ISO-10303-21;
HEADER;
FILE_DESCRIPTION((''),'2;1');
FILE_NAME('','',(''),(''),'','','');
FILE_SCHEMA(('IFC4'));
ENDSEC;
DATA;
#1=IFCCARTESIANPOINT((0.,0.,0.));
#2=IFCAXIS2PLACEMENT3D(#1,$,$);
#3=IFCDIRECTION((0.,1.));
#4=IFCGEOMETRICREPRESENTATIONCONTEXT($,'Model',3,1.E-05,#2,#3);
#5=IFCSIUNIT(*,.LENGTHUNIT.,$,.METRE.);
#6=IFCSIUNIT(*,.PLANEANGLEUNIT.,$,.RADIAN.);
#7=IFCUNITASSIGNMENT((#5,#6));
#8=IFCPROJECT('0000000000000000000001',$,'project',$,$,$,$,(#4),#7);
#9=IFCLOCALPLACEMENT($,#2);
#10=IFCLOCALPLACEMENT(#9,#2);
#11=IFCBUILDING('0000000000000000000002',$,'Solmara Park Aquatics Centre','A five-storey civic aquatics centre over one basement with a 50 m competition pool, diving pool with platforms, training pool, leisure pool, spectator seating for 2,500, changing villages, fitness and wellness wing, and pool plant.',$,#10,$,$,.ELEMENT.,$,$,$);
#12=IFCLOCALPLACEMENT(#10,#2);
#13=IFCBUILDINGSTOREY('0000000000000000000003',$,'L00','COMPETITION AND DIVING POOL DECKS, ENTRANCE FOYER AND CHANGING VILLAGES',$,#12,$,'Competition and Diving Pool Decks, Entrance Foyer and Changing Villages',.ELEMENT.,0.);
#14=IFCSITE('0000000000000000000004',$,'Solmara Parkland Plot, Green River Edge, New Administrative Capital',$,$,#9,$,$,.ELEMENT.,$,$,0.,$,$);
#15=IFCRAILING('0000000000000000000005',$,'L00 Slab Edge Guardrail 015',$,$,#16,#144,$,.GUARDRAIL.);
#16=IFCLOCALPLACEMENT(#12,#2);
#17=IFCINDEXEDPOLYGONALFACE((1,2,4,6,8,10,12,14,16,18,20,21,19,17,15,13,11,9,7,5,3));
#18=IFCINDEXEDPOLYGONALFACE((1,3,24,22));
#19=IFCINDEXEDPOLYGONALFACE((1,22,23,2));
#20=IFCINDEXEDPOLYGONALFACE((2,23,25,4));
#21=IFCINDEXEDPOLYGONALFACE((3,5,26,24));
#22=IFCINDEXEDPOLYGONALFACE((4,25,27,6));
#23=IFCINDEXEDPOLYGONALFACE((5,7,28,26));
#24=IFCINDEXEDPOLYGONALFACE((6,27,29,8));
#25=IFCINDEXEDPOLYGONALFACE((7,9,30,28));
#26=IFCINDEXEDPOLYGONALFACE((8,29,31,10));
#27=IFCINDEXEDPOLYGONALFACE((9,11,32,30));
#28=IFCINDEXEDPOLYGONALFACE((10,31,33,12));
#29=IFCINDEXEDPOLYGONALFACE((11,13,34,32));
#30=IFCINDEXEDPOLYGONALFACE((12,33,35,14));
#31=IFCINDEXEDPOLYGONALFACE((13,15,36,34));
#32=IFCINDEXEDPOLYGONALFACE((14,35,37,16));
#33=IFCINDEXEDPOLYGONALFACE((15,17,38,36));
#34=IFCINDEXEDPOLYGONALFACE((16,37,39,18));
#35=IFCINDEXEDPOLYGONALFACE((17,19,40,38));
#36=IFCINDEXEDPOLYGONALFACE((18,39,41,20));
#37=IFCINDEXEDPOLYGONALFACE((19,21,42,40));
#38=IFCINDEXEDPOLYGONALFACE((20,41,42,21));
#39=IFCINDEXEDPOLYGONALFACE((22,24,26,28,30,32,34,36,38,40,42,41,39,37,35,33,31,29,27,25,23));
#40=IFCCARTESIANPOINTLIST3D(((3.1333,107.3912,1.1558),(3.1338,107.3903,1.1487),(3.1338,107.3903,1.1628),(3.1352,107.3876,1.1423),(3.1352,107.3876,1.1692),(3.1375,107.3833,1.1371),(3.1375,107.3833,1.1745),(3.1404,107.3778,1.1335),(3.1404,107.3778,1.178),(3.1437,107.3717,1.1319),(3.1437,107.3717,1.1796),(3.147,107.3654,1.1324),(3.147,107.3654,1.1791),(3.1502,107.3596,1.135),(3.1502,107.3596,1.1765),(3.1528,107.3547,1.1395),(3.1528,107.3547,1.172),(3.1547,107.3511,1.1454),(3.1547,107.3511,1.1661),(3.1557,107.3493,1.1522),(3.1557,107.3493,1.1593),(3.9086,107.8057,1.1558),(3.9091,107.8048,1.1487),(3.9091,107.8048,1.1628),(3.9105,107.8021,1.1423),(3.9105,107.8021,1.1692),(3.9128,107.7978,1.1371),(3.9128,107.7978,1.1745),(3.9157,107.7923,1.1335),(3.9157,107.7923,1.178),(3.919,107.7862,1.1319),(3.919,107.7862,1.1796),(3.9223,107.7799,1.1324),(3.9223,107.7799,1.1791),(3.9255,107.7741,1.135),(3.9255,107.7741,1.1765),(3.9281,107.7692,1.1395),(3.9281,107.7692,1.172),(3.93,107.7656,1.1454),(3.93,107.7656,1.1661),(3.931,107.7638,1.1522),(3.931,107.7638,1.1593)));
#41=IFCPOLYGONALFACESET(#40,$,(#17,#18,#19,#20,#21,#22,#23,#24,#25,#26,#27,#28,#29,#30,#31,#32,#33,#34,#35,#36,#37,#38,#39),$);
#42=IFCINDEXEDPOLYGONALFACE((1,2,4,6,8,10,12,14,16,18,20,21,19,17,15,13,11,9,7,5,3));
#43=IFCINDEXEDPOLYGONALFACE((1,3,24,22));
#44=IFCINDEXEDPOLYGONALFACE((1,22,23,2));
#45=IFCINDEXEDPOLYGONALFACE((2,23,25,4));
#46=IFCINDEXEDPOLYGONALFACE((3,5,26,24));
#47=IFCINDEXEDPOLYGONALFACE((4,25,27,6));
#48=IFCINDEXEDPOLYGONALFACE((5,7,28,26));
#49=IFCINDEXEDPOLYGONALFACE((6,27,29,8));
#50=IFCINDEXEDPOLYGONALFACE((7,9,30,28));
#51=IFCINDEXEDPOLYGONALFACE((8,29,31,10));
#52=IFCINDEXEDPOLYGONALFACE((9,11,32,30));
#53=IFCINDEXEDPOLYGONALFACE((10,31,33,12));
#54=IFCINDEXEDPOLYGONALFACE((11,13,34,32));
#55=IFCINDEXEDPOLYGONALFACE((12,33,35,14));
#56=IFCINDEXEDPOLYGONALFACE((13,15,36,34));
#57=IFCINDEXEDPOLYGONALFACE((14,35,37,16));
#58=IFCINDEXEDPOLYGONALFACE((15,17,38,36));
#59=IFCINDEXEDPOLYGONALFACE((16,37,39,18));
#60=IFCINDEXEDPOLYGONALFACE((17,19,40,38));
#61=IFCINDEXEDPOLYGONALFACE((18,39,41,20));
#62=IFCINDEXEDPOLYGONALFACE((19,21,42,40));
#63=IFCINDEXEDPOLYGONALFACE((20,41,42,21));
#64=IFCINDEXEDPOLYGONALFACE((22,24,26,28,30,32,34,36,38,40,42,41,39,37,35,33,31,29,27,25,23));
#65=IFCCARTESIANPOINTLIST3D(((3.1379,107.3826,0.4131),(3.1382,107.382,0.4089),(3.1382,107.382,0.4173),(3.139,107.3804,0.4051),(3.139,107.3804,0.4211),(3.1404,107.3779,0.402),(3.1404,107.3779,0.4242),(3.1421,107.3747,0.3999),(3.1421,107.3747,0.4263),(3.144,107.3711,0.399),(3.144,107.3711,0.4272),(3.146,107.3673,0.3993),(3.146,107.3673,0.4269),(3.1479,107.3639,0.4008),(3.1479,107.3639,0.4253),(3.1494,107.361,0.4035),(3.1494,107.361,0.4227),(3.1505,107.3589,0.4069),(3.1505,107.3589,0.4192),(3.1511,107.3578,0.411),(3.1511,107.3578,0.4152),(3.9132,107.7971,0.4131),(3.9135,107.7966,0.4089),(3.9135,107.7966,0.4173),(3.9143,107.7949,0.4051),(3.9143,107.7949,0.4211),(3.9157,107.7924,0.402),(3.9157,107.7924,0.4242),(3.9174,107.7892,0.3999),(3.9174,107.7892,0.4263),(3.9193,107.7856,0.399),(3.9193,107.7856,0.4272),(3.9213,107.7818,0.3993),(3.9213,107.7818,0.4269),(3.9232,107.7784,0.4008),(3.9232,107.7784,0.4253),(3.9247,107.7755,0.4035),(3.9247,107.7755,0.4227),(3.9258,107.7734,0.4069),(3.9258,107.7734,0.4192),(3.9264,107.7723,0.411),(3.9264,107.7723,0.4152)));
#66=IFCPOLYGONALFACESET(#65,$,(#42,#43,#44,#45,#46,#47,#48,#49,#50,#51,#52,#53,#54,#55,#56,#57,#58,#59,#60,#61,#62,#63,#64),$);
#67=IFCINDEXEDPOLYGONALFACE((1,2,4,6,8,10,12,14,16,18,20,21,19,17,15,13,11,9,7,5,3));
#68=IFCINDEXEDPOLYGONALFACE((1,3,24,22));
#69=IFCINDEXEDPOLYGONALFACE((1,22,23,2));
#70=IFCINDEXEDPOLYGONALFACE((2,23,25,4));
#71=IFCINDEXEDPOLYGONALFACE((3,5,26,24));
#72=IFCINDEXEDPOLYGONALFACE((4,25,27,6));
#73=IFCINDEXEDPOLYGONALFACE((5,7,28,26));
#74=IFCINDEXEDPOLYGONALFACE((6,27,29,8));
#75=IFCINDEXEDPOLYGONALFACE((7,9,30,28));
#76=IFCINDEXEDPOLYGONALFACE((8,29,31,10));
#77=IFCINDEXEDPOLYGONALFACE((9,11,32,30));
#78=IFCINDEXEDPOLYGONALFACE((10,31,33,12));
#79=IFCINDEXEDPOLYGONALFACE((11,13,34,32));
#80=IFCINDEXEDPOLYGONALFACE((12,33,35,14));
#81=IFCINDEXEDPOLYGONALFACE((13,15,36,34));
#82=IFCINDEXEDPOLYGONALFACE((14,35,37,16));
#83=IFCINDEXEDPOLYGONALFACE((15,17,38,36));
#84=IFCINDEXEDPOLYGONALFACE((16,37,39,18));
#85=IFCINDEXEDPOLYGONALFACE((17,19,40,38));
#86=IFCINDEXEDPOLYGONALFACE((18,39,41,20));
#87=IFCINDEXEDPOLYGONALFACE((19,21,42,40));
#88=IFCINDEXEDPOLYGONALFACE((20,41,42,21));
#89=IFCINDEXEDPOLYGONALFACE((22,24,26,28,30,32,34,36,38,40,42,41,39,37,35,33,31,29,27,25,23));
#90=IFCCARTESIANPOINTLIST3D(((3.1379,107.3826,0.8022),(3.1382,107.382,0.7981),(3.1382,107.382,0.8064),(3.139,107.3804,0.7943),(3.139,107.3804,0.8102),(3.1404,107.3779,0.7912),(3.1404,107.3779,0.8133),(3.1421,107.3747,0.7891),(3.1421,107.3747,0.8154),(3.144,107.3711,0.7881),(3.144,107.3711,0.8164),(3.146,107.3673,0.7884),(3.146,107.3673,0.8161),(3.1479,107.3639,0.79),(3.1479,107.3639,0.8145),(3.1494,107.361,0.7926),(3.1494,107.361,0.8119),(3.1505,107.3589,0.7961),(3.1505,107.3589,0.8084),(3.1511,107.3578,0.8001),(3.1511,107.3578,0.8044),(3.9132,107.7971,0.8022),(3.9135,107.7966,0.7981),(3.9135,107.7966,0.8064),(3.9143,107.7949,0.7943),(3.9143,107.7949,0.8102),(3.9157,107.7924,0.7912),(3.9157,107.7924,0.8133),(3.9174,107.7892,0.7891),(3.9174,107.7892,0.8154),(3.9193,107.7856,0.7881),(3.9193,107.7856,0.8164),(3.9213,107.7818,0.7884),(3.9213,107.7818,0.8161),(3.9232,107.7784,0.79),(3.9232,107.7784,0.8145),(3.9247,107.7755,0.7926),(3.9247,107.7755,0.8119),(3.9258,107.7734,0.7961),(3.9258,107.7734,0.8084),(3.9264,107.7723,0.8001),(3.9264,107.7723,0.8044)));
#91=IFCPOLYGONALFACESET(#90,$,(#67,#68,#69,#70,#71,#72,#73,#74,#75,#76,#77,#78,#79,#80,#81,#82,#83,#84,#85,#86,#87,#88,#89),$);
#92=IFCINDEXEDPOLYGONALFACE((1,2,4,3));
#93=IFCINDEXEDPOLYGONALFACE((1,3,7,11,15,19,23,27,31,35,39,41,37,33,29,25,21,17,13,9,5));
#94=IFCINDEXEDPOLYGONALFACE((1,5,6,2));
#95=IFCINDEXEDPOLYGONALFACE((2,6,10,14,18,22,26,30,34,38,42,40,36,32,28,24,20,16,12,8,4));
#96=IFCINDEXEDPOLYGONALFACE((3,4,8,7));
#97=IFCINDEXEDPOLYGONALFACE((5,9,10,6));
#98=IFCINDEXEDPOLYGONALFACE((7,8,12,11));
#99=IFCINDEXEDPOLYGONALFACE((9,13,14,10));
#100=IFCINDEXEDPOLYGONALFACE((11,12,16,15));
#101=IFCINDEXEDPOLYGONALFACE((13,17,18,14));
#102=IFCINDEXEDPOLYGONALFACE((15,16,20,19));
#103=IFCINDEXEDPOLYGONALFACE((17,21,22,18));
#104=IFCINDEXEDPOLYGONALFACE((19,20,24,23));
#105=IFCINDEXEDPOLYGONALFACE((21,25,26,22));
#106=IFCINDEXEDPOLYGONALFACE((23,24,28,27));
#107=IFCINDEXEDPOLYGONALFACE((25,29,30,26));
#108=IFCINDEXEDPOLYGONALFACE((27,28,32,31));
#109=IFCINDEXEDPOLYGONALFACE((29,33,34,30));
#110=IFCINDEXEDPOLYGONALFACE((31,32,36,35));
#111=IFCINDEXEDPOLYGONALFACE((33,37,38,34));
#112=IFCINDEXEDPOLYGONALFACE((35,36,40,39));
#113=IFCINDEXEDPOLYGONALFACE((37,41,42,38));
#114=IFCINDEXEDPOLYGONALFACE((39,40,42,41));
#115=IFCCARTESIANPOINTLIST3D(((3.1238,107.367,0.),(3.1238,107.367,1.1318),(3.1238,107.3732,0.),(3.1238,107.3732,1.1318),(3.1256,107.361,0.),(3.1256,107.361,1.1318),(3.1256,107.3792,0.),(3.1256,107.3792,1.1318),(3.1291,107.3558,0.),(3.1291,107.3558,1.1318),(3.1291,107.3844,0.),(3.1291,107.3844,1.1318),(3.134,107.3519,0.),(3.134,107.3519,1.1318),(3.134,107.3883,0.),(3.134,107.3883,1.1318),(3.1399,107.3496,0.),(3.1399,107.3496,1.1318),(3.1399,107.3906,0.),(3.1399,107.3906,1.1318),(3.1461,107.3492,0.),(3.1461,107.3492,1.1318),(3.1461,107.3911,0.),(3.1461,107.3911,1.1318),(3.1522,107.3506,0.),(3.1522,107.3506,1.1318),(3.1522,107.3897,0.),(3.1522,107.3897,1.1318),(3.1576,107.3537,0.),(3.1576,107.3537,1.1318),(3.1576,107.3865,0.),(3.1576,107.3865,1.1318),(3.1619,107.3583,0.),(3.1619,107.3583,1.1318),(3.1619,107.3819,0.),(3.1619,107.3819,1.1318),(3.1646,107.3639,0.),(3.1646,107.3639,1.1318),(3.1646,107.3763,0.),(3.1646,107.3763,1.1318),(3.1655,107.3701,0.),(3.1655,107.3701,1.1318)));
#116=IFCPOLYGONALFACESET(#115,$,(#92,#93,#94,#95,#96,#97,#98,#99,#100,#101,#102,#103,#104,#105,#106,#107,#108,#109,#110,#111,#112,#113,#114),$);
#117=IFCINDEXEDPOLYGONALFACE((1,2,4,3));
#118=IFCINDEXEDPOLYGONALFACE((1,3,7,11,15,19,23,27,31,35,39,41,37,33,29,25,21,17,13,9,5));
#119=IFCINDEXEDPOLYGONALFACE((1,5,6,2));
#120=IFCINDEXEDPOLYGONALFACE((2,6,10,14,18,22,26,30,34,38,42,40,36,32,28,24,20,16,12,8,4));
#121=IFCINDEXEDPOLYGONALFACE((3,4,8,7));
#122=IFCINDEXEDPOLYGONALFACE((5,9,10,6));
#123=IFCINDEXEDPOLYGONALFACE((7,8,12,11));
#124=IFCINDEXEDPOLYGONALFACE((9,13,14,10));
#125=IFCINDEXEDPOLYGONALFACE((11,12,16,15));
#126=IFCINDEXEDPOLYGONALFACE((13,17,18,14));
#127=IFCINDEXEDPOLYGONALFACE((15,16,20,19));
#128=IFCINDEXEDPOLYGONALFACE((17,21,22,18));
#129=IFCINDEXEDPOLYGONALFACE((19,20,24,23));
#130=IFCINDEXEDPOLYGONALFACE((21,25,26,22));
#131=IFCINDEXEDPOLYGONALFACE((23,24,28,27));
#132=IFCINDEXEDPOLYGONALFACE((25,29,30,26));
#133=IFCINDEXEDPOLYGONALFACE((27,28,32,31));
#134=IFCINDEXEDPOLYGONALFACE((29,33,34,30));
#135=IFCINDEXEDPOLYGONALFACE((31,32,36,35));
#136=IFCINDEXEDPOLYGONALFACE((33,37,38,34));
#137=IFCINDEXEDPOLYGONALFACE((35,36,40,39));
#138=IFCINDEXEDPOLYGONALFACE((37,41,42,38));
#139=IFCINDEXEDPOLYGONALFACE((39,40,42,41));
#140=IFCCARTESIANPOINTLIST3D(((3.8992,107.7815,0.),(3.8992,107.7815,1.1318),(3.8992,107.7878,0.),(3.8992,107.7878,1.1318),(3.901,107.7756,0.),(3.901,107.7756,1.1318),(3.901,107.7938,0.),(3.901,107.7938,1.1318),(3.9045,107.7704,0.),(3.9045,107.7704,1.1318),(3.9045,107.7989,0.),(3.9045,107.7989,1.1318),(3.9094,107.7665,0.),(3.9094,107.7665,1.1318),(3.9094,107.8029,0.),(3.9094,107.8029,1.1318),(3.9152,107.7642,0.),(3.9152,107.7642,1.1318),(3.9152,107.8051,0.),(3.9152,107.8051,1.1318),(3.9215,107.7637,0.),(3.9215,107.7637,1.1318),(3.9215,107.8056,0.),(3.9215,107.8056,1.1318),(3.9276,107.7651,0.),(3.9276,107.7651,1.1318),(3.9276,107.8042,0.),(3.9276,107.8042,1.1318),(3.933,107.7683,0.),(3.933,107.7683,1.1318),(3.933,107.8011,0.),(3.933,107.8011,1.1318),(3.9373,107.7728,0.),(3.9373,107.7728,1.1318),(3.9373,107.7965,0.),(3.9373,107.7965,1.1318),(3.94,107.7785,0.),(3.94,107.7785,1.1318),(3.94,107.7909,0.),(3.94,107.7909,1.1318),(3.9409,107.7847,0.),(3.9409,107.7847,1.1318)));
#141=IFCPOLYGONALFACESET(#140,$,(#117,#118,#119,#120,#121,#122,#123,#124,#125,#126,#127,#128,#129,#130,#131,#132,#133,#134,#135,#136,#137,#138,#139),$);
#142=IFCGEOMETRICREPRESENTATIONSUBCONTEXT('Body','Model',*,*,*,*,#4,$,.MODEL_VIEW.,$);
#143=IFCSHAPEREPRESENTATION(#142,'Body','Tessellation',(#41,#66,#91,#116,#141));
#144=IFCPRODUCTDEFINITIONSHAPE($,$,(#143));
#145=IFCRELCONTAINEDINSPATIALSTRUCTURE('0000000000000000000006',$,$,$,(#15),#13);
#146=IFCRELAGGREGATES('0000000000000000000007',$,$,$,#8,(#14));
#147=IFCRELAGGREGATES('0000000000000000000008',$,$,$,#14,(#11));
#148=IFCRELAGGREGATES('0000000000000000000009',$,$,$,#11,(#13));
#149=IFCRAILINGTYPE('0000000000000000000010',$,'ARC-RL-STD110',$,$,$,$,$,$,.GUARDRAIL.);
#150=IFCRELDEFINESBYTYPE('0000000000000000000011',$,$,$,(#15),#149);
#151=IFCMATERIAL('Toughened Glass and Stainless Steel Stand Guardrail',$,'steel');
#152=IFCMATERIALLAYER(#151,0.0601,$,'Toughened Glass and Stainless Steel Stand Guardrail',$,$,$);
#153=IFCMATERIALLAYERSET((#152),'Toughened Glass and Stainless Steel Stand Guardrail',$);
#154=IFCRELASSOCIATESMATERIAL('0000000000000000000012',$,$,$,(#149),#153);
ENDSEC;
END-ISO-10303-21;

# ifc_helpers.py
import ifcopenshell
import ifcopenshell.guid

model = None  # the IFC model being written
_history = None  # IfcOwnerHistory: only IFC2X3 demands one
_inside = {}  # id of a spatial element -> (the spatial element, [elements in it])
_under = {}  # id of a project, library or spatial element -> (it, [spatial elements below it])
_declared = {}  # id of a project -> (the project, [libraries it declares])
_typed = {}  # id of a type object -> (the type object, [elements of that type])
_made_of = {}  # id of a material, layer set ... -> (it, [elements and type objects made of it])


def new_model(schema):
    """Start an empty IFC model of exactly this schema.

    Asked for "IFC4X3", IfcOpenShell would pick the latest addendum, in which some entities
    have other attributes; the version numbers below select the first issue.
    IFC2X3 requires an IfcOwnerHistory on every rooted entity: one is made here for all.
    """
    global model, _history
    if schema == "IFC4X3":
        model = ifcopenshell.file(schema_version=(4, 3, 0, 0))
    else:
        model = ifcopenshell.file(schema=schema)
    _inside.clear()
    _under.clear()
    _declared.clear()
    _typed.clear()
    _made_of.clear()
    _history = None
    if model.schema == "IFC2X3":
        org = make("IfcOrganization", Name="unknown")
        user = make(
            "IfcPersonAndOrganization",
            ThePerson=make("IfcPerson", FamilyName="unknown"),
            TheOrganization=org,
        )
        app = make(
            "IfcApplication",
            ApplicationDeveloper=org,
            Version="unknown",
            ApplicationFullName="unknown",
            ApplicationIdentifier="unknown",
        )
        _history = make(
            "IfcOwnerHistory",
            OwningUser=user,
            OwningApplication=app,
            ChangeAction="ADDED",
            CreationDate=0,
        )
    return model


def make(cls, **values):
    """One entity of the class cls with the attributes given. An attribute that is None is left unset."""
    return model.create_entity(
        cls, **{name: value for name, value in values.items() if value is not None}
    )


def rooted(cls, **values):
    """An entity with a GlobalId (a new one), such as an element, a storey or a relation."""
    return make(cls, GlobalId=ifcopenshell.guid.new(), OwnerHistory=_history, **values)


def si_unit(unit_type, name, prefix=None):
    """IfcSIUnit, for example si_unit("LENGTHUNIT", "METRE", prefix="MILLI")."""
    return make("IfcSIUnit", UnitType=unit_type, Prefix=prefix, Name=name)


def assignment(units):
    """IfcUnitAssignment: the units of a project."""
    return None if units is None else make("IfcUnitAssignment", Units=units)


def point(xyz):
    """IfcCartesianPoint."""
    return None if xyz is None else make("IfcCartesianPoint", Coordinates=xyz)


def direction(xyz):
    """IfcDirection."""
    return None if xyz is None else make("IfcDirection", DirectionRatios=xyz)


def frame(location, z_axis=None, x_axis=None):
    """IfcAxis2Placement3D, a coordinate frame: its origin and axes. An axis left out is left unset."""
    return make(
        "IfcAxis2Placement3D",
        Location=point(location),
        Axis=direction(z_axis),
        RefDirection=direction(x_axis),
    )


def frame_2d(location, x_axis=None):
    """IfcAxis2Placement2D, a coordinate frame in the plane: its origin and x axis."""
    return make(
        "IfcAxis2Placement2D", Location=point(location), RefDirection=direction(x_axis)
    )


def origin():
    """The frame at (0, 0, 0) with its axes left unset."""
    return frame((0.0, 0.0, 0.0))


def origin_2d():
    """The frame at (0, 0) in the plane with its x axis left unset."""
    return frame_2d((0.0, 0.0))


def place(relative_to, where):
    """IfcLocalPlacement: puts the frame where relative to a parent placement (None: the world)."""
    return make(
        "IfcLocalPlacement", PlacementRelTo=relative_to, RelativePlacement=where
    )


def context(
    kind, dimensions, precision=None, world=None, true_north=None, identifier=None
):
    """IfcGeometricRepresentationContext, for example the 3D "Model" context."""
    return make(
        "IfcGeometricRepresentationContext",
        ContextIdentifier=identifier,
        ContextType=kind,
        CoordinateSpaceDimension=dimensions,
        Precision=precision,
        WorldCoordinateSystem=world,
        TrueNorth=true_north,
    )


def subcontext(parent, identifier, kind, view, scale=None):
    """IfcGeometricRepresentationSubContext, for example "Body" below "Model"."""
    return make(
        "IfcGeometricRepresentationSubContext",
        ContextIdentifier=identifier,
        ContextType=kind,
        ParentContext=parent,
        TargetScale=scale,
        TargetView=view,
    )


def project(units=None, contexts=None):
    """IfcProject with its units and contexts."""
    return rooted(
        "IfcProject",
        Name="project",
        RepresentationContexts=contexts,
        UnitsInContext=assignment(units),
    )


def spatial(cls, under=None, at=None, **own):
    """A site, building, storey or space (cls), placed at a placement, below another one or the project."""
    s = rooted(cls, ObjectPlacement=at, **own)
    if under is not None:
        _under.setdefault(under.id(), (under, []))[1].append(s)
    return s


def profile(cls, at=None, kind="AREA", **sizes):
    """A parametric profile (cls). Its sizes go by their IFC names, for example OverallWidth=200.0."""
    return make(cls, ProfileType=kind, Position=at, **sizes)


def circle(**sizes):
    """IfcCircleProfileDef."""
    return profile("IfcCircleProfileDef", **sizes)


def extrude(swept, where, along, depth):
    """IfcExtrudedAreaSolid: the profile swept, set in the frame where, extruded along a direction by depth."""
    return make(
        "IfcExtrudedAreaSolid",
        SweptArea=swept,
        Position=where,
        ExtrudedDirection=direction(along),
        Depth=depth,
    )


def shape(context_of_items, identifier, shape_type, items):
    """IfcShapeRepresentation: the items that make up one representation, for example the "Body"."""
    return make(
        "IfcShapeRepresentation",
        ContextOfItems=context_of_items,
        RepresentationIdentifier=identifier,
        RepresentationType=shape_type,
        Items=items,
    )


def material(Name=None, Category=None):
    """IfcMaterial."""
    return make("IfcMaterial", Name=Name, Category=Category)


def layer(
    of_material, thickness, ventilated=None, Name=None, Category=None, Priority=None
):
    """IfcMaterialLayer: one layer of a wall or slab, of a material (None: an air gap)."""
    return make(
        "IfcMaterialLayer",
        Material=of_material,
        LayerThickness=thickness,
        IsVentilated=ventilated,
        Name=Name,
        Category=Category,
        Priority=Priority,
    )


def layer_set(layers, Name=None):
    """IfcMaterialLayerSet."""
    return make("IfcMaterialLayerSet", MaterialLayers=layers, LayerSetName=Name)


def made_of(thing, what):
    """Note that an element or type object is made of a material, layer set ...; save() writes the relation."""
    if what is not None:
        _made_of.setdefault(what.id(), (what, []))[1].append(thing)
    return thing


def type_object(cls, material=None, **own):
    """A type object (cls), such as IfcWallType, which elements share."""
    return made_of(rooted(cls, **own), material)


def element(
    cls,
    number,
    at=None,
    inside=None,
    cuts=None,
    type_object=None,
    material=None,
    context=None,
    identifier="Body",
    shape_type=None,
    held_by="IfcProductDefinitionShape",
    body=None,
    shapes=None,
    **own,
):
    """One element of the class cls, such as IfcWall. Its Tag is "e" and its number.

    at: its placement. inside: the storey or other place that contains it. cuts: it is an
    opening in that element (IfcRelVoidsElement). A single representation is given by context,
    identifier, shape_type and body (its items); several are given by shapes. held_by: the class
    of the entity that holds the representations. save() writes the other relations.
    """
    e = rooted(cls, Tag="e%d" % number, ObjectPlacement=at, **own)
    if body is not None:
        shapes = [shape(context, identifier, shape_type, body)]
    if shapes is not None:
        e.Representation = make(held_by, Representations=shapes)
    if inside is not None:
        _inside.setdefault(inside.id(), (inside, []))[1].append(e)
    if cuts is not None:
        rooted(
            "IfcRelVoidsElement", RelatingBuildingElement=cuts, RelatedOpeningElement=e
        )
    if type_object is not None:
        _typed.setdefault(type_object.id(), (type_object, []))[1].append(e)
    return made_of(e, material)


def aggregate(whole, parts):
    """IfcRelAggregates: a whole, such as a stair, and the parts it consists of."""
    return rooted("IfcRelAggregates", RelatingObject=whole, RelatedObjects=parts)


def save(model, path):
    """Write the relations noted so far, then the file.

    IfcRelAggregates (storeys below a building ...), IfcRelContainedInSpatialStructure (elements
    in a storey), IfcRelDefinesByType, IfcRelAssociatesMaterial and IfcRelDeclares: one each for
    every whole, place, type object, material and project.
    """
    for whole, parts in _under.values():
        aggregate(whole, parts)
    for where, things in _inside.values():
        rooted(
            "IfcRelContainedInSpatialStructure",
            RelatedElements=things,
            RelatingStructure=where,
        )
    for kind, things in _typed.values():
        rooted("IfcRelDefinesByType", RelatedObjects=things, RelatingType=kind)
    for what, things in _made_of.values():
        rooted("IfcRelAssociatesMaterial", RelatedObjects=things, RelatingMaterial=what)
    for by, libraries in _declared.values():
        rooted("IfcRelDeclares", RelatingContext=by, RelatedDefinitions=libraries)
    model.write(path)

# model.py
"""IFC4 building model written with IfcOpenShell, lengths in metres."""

from ifc_helpers import new_model, si_unit, direction, frame, origin, origin_2d, place, context, subcontext, project, spatial, circle, extrude, material, layer, layer_set, type_object, element, save


model = new_model("IFC4")

# Units and contexts
model_context = context("Model", 3, precision=1e-05, world=origin(), true_north=direction((0.0, 1.0)))
body_context = subcontext(model_context, "Body", "Model", "MODEL_VIEW")
ifc_project = project(units=[si_unit("LENGTHUNIT", "METRE"), si_unit("PLANEANGLEUNIT", "RADIAN")], contexts=[model_context])

# Site, building, storey
site_placement = place(None, origin())
site = spatial("IfcSite", under=ifc_project, at=site_placement, Name="Solmara Parkland Plot, Green River Edge, New Administrative Capital", CompositionType="ELEMENT", RefElevation=0.0)
building_placement = place(site_placement, origin())
building = spatial("IfcBuilding", under=site, at=building_placement, Name="Solmara Park Aquatics Centre", Description="A five-storey civic aquatics centre over one basement with a 50 m competition pool, diving pool with platforms, training pool, leisure pool, spectator seating for 2,500, changing villages, fitness and wellness wing, and pool plant.", CompositionType="ELEMENT")
storey_placement = place(building_placement, origin())
storey = spatial("IfcBuildingStorey", under=building, at=storey_placement, Name="L00", Description="COMPETITION AND DIVING POOL DECKS, ENTRANCE FOYER AND CHANGING VILLAGES", LongName="Competition and Diving Pool Decks, Entrance Foyer and Changing Villages", CompositionType="ELEMENT", Elevation=0.0)

# Railing
ifc_material_1 = material(Name="Toughened Glass and Stainless Steel Stand Guardrail", Category="steel")
ifc_layer_1 = layer(ifc_material_1, 0.0601, Name="Toughened Glass and Stainless Steel Stand Guardrail")
ifc_layer_set_1 = layer_set([ifc_layer_1], Name="Toughened Glass and Stainless Steel Stand Guardrail")
railing_type = type_object("IfcRailingType", Name="ARC-RL-STD110", PredefinedType="GUARDRAIL", material=ifc_layer_set_1)
railing_1_placement = place(storey_placement, frame((3.1445, 107.3701, 0.0)))
element("IfcRailing", 1, at=railing_1_placement, inside=storey, type_object=railing_type, Name="L00 Slab Edge Guardrail 015", PredefinedType="GUARDRAIL", context=body_context, shape_type="SweptSolid", body=[
    extrude(circle(Radius=0.0239, at=origin_2d()), frame((0.0, 0.0, 1.1558), z_axis=(0.881876, 0.471482, 0.0), x_axis=(-0.471482, 0.881876, 0.0)), (0.0, 0.0, 1.0), 0.8792),
    extrude(circle(Radius=0.0142, at=origin_2d()), frame((0.0, 0.0, 0.4131), z_axis=(0.881876, 0.471482, 0.0), x_axis=(-0.471482, 0.881876, 0.0)), (0.0, 0.0, 1.0), 0.8792),
    extrude(circle(Radius=0.0142, at=origin_2d()), frame((0.0, 0.0, 0.8022), z_axis=(0.881876, 0.471482, 0.0), x_axis=(-0.471482, 0.881876, 0.0)), (0.0, 0.0, 1.0), 0.8792),
    extrude(circle(Radius=0.021, at=origin_2d()), origin(), (0.0, 0.0, 1.0), 1.1318),
    extrude(circle(Radius=0.021, at=origin_2d()), frame((0.7754, 0.4146, 0.0)), (0.0, 0.0, 1.0), 1.1318),
])

save(model, "model.ifc")
